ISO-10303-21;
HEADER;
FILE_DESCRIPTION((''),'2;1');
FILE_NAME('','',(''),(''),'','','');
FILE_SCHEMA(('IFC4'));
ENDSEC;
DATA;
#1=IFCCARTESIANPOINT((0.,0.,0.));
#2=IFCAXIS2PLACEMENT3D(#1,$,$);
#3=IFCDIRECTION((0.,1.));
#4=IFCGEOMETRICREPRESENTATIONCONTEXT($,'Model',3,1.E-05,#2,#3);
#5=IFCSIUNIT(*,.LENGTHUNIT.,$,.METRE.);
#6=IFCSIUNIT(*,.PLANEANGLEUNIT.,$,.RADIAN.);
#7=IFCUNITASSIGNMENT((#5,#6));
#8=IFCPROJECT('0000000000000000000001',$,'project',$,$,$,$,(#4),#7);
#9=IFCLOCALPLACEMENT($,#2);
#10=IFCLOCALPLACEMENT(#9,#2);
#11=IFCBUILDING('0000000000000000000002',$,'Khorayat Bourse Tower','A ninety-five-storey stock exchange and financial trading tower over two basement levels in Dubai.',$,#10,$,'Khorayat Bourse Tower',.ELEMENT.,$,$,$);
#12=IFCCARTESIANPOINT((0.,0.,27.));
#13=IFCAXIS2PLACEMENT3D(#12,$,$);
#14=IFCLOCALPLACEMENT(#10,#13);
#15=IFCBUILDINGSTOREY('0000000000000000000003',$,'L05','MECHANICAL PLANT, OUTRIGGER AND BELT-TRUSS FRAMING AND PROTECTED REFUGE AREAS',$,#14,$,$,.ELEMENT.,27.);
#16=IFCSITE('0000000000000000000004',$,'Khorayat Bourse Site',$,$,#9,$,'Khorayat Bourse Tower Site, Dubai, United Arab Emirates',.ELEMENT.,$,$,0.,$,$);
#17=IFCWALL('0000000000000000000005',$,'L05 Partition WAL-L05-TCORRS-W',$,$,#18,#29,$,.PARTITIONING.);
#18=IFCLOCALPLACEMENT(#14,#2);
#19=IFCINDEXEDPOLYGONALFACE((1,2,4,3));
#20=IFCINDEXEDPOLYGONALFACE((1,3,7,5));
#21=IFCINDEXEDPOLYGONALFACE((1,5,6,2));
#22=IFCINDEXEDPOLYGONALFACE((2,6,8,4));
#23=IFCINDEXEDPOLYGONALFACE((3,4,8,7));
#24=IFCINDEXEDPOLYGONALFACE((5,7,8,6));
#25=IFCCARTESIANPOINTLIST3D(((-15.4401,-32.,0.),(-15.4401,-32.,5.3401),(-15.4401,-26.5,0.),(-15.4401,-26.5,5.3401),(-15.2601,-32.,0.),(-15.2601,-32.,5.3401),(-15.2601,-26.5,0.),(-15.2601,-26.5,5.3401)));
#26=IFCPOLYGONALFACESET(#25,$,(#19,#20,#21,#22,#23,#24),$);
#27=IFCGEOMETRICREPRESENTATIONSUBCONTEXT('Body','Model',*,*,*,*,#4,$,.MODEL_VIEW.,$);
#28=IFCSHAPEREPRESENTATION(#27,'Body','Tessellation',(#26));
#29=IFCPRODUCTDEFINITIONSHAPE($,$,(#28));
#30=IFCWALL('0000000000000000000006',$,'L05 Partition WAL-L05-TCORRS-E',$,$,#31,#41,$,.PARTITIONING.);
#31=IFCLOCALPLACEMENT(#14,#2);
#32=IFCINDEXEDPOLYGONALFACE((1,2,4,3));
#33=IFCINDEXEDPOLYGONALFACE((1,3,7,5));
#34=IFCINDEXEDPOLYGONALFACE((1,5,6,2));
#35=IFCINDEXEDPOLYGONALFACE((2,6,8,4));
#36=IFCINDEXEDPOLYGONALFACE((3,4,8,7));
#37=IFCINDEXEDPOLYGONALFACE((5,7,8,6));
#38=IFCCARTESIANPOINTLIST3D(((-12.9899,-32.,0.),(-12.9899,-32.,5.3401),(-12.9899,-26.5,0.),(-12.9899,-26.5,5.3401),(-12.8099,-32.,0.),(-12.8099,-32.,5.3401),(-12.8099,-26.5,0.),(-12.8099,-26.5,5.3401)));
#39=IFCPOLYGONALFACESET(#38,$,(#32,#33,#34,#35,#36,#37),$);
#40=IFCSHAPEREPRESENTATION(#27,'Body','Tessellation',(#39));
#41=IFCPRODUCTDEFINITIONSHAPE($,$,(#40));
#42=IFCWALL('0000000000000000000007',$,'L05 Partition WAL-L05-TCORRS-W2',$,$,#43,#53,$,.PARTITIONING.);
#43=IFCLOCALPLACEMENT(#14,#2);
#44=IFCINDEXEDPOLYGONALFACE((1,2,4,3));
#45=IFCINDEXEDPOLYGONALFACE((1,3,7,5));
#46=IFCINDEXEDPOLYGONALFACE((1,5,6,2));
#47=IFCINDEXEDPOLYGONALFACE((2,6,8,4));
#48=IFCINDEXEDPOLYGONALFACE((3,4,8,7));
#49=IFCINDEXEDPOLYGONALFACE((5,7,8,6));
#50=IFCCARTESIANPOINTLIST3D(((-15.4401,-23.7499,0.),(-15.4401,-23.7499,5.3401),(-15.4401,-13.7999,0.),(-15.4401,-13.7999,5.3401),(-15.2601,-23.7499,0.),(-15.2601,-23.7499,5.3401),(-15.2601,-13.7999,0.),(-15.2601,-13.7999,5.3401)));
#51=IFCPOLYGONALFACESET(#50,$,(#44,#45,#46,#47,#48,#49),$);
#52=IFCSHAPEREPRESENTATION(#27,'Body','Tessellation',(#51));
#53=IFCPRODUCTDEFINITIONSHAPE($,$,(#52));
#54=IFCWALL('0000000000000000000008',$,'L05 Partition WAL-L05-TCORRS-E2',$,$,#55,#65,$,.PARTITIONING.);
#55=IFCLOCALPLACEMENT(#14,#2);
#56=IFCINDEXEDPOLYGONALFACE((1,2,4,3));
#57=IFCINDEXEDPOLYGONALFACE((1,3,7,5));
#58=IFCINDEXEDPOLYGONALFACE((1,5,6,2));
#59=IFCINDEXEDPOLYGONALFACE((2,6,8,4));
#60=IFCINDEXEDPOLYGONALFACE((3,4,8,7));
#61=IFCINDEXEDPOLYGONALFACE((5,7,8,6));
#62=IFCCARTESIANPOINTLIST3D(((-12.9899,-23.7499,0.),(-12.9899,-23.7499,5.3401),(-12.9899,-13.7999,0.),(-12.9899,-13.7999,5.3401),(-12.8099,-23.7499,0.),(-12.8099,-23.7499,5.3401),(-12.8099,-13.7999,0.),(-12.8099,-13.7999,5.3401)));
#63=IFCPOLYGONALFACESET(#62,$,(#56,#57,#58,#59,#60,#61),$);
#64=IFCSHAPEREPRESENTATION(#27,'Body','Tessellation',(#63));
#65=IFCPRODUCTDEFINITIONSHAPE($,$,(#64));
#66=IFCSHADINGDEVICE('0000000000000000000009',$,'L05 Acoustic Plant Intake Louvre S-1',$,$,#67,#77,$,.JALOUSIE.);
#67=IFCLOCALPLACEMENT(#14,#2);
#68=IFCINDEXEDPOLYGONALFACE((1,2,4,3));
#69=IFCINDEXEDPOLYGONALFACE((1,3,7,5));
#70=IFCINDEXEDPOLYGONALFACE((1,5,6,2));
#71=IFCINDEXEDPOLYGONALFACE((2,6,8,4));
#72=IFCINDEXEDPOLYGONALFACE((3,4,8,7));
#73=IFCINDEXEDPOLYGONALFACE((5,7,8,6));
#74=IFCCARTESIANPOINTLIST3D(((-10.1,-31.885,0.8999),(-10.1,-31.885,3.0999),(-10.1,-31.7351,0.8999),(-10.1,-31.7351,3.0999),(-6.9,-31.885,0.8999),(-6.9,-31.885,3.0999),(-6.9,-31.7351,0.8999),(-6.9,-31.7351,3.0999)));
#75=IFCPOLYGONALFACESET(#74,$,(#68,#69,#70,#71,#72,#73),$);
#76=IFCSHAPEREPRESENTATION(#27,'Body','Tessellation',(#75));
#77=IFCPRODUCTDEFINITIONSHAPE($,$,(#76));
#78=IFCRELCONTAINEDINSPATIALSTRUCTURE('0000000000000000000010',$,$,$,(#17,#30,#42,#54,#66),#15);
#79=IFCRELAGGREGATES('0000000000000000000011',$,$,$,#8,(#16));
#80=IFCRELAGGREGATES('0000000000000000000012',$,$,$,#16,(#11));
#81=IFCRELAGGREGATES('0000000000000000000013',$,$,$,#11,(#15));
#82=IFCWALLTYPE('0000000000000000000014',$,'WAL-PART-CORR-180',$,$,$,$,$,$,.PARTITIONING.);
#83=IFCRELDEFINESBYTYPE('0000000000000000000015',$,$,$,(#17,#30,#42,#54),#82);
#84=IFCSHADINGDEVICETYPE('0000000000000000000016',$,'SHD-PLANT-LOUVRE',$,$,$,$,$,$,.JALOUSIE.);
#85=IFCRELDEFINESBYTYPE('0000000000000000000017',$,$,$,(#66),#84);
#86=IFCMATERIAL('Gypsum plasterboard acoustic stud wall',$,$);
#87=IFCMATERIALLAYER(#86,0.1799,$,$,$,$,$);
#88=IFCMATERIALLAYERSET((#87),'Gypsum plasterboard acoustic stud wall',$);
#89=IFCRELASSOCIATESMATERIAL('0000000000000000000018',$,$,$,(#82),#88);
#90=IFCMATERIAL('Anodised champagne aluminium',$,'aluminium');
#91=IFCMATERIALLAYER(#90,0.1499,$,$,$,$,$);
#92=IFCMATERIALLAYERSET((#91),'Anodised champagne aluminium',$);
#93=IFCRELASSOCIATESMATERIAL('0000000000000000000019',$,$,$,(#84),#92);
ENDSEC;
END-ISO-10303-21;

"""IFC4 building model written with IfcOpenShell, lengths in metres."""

from ifc_helpers import new_model, si_unit, direction, frame, frame_2d, origin, origin_2d, place, context, subcontext, project, spatial, rectangle, extrude, source, transform, mapped, material, layer, layer_set, type_object, element, save


model = new_model("IFC4")

# Units and contexts
model_context = context("Model", 3, precision=1e-05, world=origin(), true_north=direction((0.0, 1.0)))
body_context = subcontext(model_context, "Body", "Model", "MODEL_VIEW")
ifc_project = project(units=[si_unit("LENGTHUNIT", "METRE"), si_unit("PLANEANGLEUNIT", "RADIAN")], contexts=[model_context])

# Site, building, storey
site_placement = place(None, origin())
site = spatial("IfcSite", under=ifc_project, at=site_placement, Name="Khorayat Bourse Site", LongName="Khorayat Bourse Tower Site, Dubai, United Arab Emirates", CompositionType="ELEMENT", RefElevation=0.0)
building_placement = place(site_placement, origin())
building = spatial("IfcBuilding", under=site, at=building_placement, Name="Khorayat Bourse Tower", Description="A ninety-five-storey stock exchange and financial trading tower over two basement levels in Dubai.", LongName="Khorayat Bourse Tower", CompositionType="ELEMENT")
storey_placement = place(building_placement, frame((0.0, 0.0, 27.0)))
storey = spatial("IfcBuildingStorey", under=building, at=storey_placement, Name="L05", Description="MECHANICAL PLANT, OUTRIGGER AND BELT-TRUSS FRAMING AND PROTECTED REFUGE AREAS", CompositionType="ELEMENT", Elevation=27.0)

# Walls
ifc_material_1 = material(Name="Gypsum plasterboard acoustic stud wall")
ifc_layer_1 = layer(ifc_material_1, 0.1799)
ifc_layer_set_1 = layer_set([ifc_layer_1], Name="Gypsum plasterboard acoustic stud wall")
wall_type_1 = type_object("IfcWallType", Name="WAL-PART-CORR-180", PredefinedType="PARTITIONING", material=ifc_layer_set_1)
shared_shape_1 = source(origin(), body_context, "Body", "SweptSolid", [
    extrude(rectangle(XDim=5.5, YDim=0.1799, at=frame_2d((2.75, 0.0))), origin(), (0.0, 0.0, 1.0), 5.3401),
])
for number, where, z_axis, x_axis, name in (
    (1, (-15.3501, -32.0, 0.0), (0.0, 0.0, 1.0), (0.0, 1.0, 0.0), "L05 Partition WAL-L05-TCORRS-W"),
    (2, (-12.8999, -32.0, 0.0), (0.0, 0.0, 1.0), (0.0, 1.0, 0.0), "L05 Partition WAL-L05-TCORRS-E"),
):
    element("IfcWall", number, at=place(storey_placement, frame(where, z_axis=z_axis, x_axis=x_axis)), inside=storey, type_object=wall_type_1, Name=name, PredefinedType="PARTITIONING", context=body_context, shape_type="MappedRepresentation", body=[
        mapped(shared_shape_1, transform((0.0, 0.0, 0.0), scale=1.0)),
    ])
shared_shape_2 = source(origin(), body_context, "Body", "SweptSolid", [
    extrude(rectangle(XDim=9.95, YDim=0.1799, at=frame_2d((4.9751, 0.0))), origin(), (0.0, 0.0, 1.0), 5.3401),
])
for number, where, z_axis, x_axis, name in (
    (3, (-15.3501, -23.75, 0.0), (0.0, 0.0, 1.0), (0.0, 1.0, 0.0), "L05 Partition WAL-L05-TCORRS-W2"),
    (4, (-12.8999, -23.75, 0.0), (0.0, 0.0, 1.0), (0.0, 1.0, 0.0), "L05 Partition WAL-L05-TCORRS-E2"),
):
    element("IfcWall", number, at=place(storey_placement, frame(where, z_axis=z_axis, x_axis=x_axis)), inside=storey, type_object=wall_type_1, Name=name, PredefinedType="PARTITIONING", context=body_context, shape_type="MappedRepresentation", body=[
        mapped(shared_shape_2, transform((0.0, 0.0, 0.0), scale=1.0)),
    ])

# Shading device
ifc_material_2 = material(Name="Anodised champagne aluminium", Category="aluminium")
ifc_layer_2 = layer(ifc_material_2, 0.1499)
ifc_layer_set_2 = layer_set([ifc_layer_2], Name="Anodised champagne aluminium")
shading_device_type = type_object("IfcShadingDeviceType", Name="SHD-PLANT-LOUVRE", PredefinedType="JALOUSIE", material=ifc_layer_set_2)
shared_shape_3 = source(origin(), body_context, "Body", "SweptSolid", [
    extrude(rectangle(XDim=3.2, YDim=0.1499, at=origin_2d()), origin(), (0.0, 0.0, 1.0), 2.2),
])
shading_device_placement = place(storey_placement, frame((-8.5, -31.8101, 0.8999), z_axis=(0.0, 0.0, 1.0), x_axis=(1.0, 0.0, 0.0)))
element("IfcShadingDevice", 5, at=shading_device_placement, inside=storey, type_object=shading_device_type, Name="L05 Acoustic Plant Intake Louvre S-1", PredefinedType="JALOUSIE", context=body_context, shape_type="MappedRepresentation", body=[
    mapped(shared_shape_3, transform((0.0, 0.0, 0.0), scale=1.0)),
])

save(model, "model.ifc")
